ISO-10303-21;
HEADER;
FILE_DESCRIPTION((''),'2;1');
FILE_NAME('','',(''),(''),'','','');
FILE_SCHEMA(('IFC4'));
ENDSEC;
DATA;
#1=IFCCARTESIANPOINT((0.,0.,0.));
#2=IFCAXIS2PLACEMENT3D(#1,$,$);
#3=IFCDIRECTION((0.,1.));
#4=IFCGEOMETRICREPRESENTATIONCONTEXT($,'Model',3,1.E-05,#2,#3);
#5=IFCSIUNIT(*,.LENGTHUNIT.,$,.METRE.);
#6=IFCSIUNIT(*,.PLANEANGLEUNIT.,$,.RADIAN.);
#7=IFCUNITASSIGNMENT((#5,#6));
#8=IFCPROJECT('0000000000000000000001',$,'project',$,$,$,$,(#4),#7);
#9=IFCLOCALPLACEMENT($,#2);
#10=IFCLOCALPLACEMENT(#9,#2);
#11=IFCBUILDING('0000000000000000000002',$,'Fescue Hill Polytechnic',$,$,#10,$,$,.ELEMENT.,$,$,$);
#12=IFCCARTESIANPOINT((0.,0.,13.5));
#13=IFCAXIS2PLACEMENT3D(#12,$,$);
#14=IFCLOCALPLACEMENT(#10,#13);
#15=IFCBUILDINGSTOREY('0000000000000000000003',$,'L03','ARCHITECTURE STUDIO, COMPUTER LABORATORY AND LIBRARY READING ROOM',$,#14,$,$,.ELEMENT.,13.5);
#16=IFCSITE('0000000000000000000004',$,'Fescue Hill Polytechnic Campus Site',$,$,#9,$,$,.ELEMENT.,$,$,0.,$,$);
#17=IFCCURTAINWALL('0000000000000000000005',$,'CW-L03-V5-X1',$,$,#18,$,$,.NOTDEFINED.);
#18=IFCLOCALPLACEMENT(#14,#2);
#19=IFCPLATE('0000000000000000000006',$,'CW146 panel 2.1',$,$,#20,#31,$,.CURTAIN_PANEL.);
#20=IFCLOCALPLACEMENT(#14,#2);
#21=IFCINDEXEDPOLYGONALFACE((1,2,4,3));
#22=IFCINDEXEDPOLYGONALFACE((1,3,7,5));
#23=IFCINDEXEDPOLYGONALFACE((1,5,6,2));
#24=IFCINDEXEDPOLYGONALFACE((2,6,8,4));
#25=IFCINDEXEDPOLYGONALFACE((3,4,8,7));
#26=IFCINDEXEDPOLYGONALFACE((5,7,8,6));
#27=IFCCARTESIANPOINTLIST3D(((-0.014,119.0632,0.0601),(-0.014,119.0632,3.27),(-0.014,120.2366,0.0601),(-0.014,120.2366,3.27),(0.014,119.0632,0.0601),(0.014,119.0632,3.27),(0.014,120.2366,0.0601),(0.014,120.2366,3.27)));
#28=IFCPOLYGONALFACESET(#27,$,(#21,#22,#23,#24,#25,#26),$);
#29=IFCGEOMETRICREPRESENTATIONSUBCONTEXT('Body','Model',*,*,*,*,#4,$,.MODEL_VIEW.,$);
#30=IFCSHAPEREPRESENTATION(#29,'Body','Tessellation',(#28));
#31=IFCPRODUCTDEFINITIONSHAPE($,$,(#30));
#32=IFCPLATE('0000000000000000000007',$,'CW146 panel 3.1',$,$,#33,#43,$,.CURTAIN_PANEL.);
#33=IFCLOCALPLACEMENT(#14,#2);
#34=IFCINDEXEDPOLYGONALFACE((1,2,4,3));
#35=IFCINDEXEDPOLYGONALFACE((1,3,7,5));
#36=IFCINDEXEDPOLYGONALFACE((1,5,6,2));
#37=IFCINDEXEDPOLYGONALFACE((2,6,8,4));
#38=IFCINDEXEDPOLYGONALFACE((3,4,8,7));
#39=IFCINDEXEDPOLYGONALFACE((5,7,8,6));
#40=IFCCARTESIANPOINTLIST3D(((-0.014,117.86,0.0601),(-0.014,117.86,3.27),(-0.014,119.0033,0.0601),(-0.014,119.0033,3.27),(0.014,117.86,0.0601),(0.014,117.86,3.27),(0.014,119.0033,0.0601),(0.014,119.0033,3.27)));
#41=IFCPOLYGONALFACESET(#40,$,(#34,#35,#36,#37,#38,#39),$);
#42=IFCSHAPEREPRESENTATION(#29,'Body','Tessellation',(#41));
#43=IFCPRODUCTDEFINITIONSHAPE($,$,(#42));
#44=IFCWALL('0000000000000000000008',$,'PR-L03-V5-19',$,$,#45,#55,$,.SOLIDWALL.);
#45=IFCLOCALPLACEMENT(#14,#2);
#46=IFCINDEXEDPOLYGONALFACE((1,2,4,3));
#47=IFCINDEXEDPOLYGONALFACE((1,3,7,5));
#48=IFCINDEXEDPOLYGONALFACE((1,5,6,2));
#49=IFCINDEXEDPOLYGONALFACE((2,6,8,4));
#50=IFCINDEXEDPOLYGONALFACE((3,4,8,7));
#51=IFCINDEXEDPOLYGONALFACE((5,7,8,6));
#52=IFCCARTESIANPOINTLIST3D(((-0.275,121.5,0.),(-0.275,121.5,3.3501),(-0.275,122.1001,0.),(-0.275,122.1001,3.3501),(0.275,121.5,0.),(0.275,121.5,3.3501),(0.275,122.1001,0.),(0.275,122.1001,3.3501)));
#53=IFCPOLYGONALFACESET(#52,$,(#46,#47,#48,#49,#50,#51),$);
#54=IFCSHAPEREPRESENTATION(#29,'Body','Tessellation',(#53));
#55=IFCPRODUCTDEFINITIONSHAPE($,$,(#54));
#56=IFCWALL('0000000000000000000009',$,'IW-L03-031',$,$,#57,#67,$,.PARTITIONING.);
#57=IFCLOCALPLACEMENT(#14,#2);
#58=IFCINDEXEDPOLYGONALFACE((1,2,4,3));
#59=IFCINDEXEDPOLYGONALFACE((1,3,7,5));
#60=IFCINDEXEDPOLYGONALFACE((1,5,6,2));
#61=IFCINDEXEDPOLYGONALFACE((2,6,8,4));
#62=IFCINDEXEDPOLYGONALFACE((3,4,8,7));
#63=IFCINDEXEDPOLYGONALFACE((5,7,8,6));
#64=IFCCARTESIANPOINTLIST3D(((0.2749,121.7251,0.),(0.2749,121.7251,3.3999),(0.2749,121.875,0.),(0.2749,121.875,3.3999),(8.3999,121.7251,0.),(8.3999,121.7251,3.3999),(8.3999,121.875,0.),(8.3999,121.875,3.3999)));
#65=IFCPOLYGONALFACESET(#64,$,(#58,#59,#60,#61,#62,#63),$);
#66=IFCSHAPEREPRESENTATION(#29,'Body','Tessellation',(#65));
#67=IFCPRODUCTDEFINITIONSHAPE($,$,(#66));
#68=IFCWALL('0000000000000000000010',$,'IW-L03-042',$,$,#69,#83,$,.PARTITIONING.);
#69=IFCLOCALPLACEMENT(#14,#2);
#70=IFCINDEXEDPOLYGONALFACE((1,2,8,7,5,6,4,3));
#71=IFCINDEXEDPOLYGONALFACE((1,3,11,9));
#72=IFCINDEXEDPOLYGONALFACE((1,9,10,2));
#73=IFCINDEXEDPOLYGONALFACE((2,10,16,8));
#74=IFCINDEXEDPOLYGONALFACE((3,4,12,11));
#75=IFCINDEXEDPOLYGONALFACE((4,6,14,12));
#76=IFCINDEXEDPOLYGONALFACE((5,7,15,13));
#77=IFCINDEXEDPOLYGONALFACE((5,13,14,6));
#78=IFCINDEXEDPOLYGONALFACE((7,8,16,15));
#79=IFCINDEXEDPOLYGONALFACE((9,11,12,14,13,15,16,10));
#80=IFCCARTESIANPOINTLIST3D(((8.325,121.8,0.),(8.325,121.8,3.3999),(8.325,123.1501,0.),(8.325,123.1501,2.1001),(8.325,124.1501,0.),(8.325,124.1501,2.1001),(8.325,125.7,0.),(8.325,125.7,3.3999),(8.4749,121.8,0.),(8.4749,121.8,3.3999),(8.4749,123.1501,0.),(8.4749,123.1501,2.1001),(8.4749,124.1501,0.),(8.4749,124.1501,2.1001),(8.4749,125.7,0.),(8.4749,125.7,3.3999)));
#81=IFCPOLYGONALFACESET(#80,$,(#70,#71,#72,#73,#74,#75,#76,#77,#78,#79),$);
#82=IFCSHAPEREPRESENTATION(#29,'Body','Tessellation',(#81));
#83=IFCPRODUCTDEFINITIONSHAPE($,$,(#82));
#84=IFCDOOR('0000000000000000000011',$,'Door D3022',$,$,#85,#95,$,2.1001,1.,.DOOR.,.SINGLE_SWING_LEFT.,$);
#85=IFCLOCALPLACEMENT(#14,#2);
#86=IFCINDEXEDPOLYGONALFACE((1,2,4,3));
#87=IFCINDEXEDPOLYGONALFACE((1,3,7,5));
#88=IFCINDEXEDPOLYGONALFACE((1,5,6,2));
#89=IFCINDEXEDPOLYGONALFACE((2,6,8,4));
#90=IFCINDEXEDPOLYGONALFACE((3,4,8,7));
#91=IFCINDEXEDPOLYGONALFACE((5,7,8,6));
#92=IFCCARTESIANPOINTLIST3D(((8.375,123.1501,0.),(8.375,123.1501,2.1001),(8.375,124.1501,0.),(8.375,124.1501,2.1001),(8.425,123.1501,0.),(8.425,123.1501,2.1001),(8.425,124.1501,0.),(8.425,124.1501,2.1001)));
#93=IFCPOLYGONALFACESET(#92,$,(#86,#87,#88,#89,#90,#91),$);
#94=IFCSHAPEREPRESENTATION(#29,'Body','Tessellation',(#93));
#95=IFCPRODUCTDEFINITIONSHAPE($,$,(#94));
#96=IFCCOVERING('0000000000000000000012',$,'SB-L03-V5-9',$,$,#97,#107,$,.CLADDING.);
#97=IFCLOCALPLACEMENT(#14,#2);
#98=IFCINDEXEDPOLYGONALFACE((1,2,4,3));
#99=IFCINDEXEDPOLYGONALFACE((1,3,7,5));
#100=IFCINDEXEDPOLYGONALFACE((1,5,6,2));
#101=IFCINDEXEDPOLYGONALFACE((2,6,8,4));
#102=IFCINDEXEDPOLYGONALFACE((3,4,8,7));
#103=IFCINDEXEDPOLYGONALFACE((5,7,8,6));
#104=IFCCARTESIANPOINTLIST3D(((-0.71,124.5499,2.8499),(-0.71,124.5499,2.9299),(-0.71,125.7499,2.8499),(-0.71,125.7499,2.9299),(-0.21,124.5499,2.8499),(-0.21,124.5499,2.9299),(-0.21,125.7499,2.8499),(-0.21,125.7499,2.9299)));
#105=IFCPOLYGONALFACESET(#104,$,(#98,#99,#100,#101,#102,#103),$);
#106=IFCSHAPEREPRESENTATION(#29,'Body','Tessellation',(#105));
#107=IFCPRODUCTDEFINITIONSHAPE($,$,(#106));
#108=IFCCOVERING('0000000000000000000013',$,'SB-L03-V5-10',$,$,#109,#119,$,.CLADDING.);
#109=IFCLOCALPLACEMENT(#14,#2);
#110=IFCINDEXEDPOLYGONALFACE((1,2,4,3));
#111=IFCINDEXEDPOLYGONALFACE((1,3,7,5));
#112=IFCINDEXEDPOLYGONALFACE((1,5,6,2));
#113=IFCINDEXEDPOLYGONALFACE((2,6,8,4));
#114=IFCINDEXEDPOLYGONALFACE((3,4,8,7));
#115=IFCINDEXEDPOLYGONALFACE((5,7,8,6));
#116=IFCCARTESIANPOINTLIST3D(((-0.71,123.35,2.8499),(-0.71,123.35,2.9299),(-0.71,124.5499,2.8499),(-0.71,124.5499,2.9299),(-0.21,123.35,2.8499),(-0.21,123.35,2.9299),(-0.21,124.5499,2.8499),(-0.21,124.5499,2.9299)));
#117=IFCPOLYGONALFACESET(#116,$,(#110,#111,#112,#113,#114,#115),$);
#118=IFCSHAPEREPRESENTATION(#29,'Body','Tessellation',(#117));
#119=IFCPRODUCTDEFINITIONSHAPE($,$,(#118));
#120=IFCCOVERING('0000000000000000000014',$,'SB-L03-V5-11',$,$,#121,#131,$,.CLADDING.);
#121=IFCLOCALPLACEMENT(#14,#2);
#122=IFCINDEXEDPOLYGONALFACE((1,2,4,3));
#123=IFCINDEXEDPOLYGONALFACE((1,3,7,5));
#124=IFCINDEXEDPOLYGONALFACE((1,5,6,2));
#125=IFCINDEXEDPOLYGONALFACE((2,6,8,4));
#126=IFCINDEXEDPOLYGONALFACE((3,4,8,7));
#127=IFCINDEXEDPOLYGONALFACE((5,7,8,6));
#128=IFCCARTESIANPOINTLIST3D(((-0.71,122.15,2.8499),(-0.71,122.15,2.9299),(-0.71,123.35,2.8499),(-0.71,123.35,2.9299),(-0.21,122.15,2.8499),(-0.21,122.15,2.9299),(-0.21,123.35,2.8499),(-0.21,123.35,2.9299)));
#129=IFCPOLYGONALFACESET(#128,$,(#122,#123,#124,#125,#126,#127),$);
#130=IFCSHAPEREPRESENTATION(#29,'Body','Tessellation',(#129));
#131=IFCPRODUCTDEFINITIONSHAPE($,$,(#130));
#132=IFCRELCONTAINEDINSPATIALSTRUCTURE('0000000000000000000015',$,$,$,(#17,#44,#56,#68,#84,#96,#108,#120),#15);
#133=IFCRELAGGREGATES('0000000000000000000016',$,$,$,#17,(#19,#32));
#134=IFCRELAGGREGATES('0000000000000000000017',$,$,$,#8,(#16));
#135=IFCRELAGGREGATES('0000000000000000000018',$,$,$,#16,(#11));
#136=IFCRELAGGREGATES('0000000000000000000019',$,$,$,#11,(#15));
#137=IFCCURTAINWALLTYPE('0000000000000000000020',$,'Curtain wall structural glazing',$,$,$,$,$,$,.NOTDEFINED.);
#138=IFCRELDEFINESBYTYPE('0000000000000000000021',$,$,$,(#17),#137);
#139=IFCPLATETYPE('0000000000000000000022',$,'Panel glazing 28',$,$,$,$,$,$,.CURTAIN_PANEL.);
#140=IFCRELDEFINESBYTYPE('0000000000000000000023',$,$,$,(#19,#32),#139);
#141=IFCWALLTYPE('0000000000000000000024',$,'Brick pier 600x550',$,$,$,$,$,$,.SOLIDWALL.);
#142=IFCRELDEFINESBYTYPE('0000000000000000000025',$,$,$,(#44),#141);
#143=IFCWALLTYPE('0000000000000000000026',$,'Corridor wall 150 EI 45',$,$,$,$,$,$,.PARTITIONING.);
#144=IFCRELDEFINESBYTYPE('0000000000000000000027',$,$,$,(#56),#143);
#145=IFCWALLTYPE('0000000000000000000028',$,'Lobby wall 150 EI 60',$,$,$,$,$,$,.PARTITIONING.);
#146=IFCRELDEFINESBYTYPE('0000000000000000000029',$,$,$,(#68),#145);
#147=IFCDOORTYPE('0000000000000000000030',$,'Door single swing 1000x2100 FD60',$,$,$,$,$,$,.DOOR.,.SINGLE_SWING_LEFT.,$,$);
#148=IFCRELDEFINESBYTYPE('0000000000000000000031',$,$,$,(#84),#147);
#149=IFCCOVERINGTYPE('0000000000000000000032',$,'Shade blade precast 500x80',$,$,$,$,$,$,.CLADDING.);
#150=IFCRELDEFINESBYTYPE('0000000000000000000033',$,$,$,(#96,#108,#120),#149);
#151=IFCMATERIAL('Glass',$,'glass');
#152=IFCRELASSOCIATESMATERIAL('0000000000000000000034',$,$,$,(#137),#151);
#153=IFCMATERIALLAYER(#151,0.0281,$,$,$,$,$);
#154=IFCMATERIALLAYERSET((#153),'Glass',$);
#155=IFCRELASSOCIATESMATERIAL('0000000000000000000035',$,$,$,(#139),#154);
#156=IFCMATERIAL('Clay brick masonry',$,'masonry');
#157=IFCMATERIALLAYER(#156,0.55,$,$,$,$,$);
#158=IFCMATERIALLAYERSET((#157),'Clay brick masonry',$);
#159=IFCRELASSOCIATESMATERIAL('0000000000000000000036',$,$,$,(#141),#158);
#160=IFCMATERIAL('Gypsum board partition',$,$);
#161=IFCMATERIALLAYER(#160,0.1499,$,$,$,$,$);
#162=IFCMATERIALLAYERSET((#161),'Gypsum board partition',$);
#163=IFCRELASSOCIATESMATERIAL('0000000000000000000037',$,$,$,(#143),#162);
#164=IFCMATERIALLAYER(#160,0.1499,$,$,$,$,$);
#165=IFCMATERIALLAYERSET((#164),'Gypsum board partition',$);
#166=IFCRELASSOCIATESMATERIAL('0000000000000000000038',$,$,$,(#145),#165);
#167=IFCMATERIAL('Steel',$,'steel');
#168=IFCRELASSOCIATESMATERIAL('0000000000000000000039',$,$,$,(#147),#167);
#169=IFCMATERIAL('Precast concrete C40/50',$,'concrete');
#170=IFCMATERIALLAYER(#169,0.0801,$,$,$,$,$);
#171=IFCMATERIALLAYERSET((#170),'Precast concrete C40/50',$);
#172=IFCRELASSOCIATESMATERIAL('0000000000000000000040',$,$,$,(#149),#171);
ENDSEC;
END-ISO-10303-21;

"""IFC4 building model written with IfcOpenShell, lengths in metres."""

from ifc_helpers import new_model, si_unit, direction, frame, frame_2d, origin, origin_2d, place, context, subcontext, project, spatial, rectangle, extrude, material, layer, layer_set, type_object, element, fill, aggregate, save


model = new_model("IFC4")

# Units and contexts
model_context = context("Model", 3, precision=1e-05, world=origin(), true_north=direction((0.0, 1.0)))
body_context = subcontext(model_context, "Body", "Model", "MODEL_VIEW")
ifc_project = project(units=[si_unit("LENGTHUNIT", "METRE"), si_unit("PLANEANGLEUNIT", "RADIAN")], contexts=[model_context])

# Site, building, storey
site_placement = place(None, origin())
site = spatial("IfcSite", under=ifc_project, at=site_placement, Name="Fescue Hill Polytechnic Campus Site", CompositionType="ELEMENT", RefElevation=0.0)
building_placement = place(site_placement, origin())
building = spatial("IfcBuilding", under=site, at=building_placement, Name="Fescue Hill Polytechnic", CompositionType="ELEMENT")
storey_placement = place(building_placement, frame((0.0, 0.0, 13.5)))
storey = spatial("IfcBuildingStorey", under=building, at=storey_placement, Name="L03", Description="ARCHITECTURE STUDIO, COMPUTER LABORATORY AND LIBRARY READING ROOM", CompositionType="ELEMENT", Elevation=13.5)

# Curtain wall, plates
ifc_material_1 = material(Name="Glass", Category="glass")
curtain_wall_type = type_object("IfcCurtainWallType", Name="Curtain wall structural glazing", PredefinedType="NOTDEFINED", material=ifc_material_1)
curtain_wall_placement = place(storey_placement, origin())
curtain_wall = element("IfcCurtainWall", 1, at=curtain_wall_placement, inside=storey, type_object=curtain_wall_type, Name="CW-L03-V5-X1", PredefinedType="NOTDEFINED")
ifc_layer_1 = layer(ifc_material_1, 0.0281)
ifc_layer_set_1 = layer_set([ifc_layer_1], Name="Glass")
plate_type = type_object("IfcPlateType", Name="Panel glazing 28", PredefinedType="CURTAIN_PANEL", material=ifc_layer_set_1)
plate_1_placement = place(storey_placement, frame((0.0, 119.6499, 0.0601), z_axis=(0.0, 0.0, 1.0), x_axis=(0.0, -1.0, 0.0)))
plate_1 = element("IfcPlate", 2, at=plate_1_placement, type_object=plate_type, Name="CW146 panel 2.1", PredefinedType="CURTAIN_PANEL", context=body_context, shape_type="SweptSolid", body=[
    extrude(rectangle(XDim=1.1733, YDim=0.0281, at=origin_2d()), origin(), (0.0, 0.0, 1.0), 3.21),
])
plate_2_placement = place(storey_placement, frame((0.0, 118.4316, 0.0601), z_axis=(0.0, 0.0, 1.0), x_axis=(0.0, -1.0, 0.0)))
plate_2 = element("IfcPlate", 3, at=plate_2_placement, type_object=plate_type, Name="CW146 panel 3.1", PredefinedType="CURTAIN_PANEL", context=body_context, shape_type="SweptSolid", body=[
    extrude(rectangle(XDim=1.1433, YDim=0.0281, at=origin_2d()), origin(), (0.0, 0.0, 1.0), 3.21),
])
aggregate(curtain_wall, [plate_1, plate_2])

# Walls
ifc_material_2 = material(Name="Clay brick masonry", Category="masonry")
ifc_layer_2 = layer(ifc_material_2, 0.55)
ifc_layer_set_2 = layer_set([ifc_layer_2], Name="Clay brick masonry")
wall_type_1 = type_object("IfcWallType", Name="Brick pier 600x550", PredefinedType="SOLIDWALL", material=ifc_layer_set_2)
wall_1_placement = place(storey_placement, frame((0.0, 122.1001, 0.0), z_axis=(0.0, 0.0, 1.0), x_axis=(0.0, -1.0, 0.0)))
element("IfcWall", 4, at=wall_1_placement, inside=storey, type_object=wall_type_1, Name="PR-L03-V5-19", PredefinedType="SOLIDWALL", context=body_context, shape_type="SweptSolid", body=[
    extrude(rectangle(XDim=0.6001, YDim=0.55, at=frame_2d((0.3, 0.0))), origin(), (0.0, 0.0, 1.0), 3.3501),
])
ifc_material_3 = material(Name="Gypsum board partition")
ifc_layer_3 = layer(ifc_material_3, 0.1499)
ifc_layer_set_3 = layer_set([ifc_layer_3], Name="Gypsum board partition")
wall_type_2 = type_object("IfcWallType", Name="Corridor wall 150 EI 45", PredefinedType="PARTITIONING", material=ifc_layer_set_3)
wall_2_placement = place(storey_placement, frame((0.2749, 121.8, 0.0), z_axis=(0.0, 0.0, 1.0), x_axis=(1.0, 0.0, 0.0)))
element("IfcWall", 5, at=wall_2_placement, inside=storey, type_object=wall_type_2, Name="IW-L03-031", PredefinedType="PARTITIONING", context=body_context, shape_type="SweptSolid", body=[
    extrude(rectangle(XDim=8.125, YDim=0.1499, at=frame_2d((4.0625, 0.0))), origin(), (0.0, 0.0, 1.0), 3.3999),
])

# Wall, opening, door
ifc_layer_4 = layer(ifc_material_3, 0.1499)
ifc_layer_set_4 = layer_set([ifc_layer_4], Name="Gypsum board partition")
wall_type_3 = type_object("IfcWallType", Name="Lobby wall 150 EI 60", PredefinedType="PARTITIONING", material=ifc_layer_set_4)
wall_3_placement = place(storey_placement, frame((8.3999, 121.8, 0.0), z_axis=(0.0, 0.0, 1.0), x_axis=(0.0, 1.0, 0.0)))
wall_3 = element("IfcWall", 6, at=wall_3_placement, inside=storey, type_object=wall_type_3, Name="IW-L03-042", PredefinedType="PARTITIONING", context=body_context, shape_type="SweptSolid", body=[
    extrude(rectangle(XDim=3.8999, YDim=0.1499, at=frame_2d((1.95, 0.0))), origin(), (0.0, 0.0, 1.0), 3.3999),
])
opening_placement = place(wall_3_placement, frame((1.3501, 0.0, 0.0)))
opening = element("IfcOpeningElement", 7, at=opening_placement, cuts=wall_3, PredefinedType="OPENING", context=body_context, shape_type="SweptSolid", body=[
    extrude(rectangle(XDim=1.0, YDim=2.1001, at=frame_2d((0.5, 1.05))), frame((0.0, 0.085, 0.0), z_axis=(0.0, -1.0, 0.0), x_axis=(1.0, 0.0, 0.0)), (0.0, 0.0, 1.0), 0.1699),
])
ifc_material_4 = material(Name="Steel", Category="steel")
door_type = type_object("IfcDoorType", Name="Door single swing 1000x2100 FD60", OperationType="SINGLE_SWING_LEFT", PredefinedType="DOOR", material=ifc_material_4)
door_placement = place(opening_placement, origin())
door = element("IfcDoor", 8, at=door_placement, inside=storey, type_object=door_type, Name="Door D3022", OperationType="SINGLE_SWING_LEFT", OverallHeight=2.1001, OverallWidth=1.0, PredefinedType="DOOR", context=body_context, shape_type="SweptSolid", body=[
    extrude(rectangle(XDim=1.0, YDim=2.1001, at=frame_2d((0.5, 1.05))), frame((0.0, 0.0249, 0.0), z_axis=(0.0, -1.0, 0.0), x_axis=(1.0, 0.0, 0.0)), (0.0, 0.0, 1.0), 0.05),
])
fill(opening, door)

# Coverings
ifc_material_5 = material(Name="Precast concrete C40/50", Category="concrete")
ifc_layer_5 = layer(ifc_material_5, 0.0801)
ifc_layer_set_5 = layer_set([ifc_layer_5], Name="Precast concrete C40/50")
covering_type = type_object("IfcCoveringType", Name="Shade blade precast 500x80", PredefinedType="CLADDING", material=ifc_layer_set_5)
for number, where, z_axis, x_axis, name in (
    (9, (-0.46, 125.1499, 2.8499), (0.0, 0.0, 1.0), (0.0, -1.0, 0.0), "SB-L03-V5-9"),
    (10, (-0.46, 123.95, 2.8499), (0.0, 0.0, 1.0), (0.0, -1.0, 0.0), "SB-L03-V5-10"),
    (11, (-0.46, 122.75, 2.8499), (0.0, 0.0, 1.0), (0.0, -1.0, 0.0), "SB-L03-V5-11"),
):
    element("IfcCovering", number, at=place(storey_placement, frame(where, z_axis=z_axis, x_axis=x_axis)), inside=storey, type_object=covering_type, Name=name, PredefinedType="CLADDING", context=body_context, shape_type="SweptSolid", body=[
        extrude(rectangle(XDim=1.2, YDim=0.5, at=origin_2d()), origin(), (0.0, 0.0, 1.0), 0.0801),
    ])

save(model, "model.ifc")
